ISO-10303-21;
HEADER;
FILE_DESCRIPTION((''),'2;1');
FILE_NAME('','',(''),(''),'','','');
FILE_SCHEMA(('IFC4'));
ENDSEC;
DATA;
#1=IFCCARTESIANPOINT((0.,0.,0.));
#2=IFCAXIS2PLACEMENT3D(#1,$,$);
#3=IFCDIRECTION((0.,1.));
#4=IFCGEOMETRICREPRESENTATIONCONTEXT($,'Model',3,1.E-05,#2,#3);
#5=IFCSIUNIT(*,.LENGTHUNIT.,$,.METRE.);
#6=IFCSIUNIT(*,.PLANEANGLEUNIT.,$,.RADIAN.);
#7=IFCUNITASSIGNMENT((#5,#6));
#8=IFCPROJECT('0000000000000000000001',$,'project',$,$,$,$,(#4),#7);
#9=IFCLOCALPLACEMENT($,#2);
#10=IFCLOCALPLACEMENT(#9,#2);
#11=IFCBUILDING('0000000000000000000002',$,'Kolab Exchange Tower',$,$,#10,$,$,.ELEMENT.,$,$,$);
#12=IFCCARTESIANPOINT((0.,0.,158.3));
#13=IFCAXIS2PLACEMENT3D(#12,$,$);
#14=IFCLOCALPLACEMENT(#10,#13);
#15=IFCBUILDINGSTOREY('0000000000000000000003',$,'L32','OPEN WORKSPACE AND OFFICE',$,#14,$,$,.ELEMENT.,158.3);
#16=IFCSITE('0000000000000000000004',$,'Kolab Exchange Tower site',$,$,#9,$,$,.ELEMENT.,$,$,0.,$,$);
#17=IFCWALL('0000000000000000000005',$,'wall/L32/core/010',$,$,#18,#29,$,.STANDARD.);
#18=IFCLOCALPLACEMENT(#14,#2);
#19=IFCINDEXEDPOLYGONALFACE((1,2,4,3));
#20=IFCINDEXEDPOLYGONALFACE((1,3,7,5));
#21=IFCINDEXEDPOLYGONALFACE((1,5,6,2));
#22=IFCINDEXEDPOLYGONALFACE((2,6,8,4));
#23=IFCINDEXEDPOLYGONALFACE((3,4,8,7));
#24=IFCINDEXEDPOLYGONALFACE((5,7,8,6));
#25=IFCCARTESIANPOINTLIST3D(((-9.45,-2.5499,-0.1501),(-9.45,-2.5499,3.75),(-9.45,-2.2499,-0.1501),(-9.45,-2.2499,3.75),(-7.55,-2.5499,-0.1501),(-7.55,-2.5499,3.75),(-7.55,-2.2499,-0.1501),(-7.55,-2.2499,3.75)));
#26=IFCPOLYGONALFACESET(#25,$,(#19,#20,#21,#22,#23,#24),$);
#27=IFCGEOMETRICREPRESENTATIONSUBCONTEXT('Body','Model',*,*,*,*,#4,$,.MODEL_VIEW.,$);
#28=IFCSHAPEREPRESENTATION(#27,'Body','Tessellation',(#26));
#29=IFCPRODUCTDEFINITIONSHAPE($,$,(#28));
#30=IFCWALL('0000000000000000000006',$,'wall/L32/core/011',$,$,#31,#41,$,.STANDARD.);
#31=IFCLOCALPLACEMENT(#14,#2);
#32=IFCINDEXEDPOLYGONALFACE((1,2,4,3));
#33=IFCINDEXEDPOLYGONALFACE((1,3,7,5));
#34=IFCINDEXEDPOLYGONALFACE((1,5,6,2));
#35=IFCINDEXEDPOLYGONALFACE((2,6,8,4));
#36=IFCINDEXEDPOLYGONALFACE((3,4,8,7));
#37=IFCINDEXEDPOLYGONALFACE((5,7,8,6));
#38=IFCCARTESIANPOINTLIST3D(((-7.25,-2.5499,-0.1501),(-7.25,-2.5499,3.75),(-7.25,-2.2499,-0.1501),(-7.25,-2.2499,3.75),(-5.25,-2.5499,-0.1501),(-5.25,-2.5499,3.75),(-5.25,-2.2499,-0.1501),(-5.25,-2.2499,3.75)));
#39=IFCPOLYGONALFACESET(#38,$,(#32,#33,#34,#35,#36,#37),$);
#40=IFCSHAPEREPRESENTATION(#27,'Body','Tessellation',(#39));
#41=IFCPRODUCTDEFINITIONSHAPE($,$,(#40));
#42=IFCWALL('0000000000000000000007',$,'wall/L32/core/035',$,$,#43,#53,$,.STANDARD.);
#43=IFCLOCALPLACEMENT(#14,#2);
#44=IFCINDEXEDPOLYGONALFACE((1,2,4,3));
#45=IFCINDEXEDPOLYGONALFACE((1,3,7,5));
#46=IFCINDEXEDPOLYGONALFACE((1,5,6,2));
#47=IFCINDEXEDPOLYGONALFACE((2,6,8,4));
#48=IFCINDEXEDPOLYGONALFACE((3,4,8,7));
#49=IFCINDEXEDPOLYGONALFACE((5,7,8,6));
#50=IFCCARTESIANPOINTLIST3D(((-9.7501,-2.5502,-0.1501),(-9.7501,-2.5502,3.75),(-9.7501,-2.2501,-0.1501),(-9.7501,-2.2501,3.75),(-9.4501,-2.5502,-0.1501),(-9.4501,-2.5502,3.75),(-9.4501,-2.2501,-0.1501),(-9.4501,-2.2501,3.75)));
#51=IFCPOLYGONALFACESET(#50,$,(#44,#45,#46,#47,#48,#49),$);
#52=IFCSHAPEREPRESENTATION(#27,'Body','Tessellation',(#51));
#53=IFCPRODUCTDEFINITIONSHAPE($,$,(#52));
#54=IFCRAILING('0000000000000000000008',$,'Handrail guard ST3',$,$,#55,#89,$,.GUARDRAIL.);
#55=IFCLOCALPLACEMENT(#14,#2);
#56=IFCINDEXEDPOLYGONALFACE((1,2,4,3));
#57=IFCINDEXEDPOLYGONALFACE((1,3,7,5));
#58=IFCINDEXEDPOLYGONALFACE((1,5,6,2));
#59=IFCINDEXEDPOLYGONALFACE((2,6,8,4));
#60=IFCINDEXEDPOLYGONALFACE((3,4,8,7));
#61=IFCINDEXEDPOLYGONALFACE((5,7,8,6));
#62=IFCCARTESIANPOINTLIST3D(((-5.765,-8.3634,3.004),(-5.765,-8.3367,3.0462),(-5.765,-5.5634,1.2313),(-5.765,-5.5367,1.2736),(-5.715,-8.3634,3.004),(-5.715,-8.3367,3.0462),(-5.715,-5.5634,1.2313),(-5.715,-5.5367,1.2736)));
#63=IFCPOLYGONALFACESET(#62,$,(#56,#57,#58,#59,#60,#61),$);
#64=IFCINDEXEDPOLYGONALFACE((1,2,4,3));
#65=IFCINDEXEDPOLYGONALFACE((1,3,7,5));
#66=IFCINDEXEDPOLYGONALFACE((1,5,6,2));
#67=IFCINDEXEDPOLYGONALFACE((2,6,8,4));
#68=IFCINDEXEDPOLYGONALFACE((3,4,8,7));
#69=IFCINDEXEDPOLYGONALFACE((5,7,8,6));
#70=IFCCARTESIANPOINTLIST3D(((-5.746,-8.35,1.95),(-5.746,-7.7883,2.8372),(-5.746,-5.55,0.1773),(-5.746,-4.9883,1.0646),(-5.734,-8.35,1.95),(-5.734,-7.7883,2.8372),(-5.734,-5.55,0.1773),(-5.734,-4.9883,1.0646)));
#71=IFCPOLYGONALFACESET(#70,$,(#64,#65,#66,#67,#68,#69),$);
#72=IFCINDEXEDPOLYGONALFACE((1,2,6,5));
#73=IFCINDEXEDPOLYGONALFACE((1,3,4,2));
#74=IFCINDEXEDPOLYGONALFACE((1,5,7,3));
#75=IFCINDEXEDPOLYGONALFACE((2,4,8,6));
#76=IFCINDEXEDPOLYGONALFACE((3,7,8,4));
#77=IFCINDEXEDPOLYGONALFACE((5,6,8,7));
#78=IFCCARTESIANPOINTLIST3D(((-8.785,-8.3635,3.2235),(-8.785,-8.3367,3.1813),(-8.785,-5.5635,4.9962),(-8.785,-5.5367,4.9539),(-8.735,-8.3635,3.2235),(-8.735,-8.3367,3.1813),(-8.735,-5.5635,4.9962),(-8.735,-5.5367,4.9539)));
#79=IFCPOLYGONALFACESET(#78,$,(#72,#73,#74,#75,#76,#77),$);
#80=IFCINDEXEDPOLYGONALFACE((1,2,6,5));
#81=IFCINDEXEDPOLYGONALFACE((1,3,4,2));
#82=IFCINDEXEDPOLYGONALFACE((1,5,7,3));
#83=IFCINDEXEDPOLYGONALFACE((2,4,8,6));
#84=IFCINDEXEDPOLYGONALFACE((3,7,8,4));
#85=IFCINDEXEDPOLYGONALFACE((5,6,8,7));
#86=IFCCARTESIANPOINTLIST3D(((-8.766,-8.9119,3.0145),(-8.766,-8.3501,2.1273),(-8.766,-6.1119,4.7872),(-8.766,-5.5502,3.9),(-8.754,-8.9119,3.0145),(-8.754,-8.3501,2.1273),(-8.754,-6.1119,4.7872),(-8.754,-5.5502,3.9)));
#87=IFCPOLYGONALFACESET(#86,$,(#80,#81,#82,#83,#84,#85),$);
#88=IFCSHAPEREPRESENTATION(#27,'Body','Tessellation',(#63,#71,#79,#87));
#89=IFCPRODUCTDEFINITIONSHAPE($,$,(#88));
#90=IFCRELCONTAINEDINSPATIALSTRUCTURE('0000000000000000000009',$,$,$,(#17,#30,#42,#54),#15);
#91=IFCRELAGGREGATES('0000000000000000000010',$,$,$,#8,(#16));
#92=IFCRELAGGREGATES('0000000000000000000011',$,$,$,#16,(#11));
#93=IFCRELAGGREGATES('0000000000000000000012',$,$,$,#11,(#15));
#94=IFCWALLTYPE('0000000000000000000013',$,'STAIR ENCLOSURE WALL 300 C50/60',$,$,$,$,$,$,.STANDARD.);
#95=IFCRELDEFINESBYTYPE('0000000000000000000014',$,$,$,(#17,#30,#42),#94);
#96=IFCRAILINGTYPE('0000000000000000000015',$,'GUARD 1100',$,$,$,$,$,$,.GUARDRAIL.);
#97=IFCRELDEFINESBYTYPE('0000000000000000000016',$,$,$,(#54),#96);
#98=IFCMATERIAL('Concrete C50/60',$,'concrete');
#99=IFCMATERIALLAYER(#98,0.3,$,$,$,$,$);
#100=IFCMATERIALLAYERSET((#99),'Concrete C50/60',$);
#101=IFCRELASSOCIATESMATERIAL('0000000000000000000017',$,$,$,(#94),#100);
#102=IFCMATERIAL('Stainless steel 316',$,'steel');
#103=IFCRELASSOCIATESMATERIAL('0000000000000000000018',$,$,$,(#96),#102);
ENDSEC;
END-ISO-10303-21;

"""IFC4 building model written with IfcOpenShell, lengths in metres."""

from ifc_helpers import new_model, si_unit, direction, frame, frame_2d, origin, origin_2d, place, context, subcontext, project, spatial, rectangle, extrude, material, layer, layer_set, type_object, element, save


model = new_model("IFC4")

# Units and contexts
model_context = context("Model", 3, precision=1e-05, world=origin(), true_north=direction((0.0, 1.0)))
body_context = subcontext(model_context, "Body", "Model", "MODEL_VIEW")
ifc_project = project(units=[si_unit("LENGTHUNIT", "METRE"), si_unit("PLANEANGLEUNIT", "RADIAN")], contexts=[model_context])

# Site, building, storey
site_placement = place(None, origin())
site = spatial("IfcSite", under=ifc_project, at=site_placement, Name="Kolab Exchange Tower site", CompositionType="ELEMENT", RefElevation=0.0)
building_placement = place(site_placement, origin())
building = spatial("IfcBuilding", under=site, at=building_placement, Name="Kolab Exchange Tower", CompositionType="ELEMENT")
storey_placement = place(building_placement, frame((0.0, 0.0, 158.3)))
storey = spatial("IfcBuildingStorey", under=building, at=storey_placement, Name="L32", Description="OPEN WORKSPACE AND OFFICE", CompositionType="ELEMENT", Elevation=158.3)

# Shared definitions
ifc_material_1 = material(Name="Concrete C50/60", Category="concrete")
ifc_material_2 = material(Name="Stainless steel 316", Category="steel")

# Walls
ifc_layer_1 = layer(ifc_material_1, 0.3)
ifc_layer_set_1 = layer_set([ifc_layer_1], Name="Concrete C50/60")
wall_type_1 = type_object("IfcWallType", Name="STAIR ENCLOSURE WALL 300 C50/60", PredefinedType="STANDARD", material=ifc_layer_set_1)
wall_1_placement = place(storey_placement, frame((-9.45, -2.3999, -0.1501), z_axis=(0.0, 0.0, 1.0), x_axis=(1.0, 0.0, 0.0)))
element("IfcWall", 1, at=wall_1_placement, inside=storey, type_object=wall_type_1, Name="wall/L32/core/010", PredefinedType="STANDARD", context=body_context, shape_type="SweptSolid", body=[
    extrude(rectangle(XDim=1.8999, YDim=0.3, at=frame_2d((0.95, 0.0))), origin(), (0.0, 0.0, 1.0), 3.9001),
])
wall_2_placement = place(storey_placement, frame((-7.25, -2.3999, -0.1501), z_axis=(0.0, 0.0, 1.0), x_axis=(1.0, 0.0, 0.0)))
element("IfcWall", 2, at=wall_2_placement, inside=storey, type_object=wall_type_1, Name="wall/L32/core/011", PredefinedType="STANDARD", context=body_context, shape_type="SweptSolid", body=[
    extrude(rectangle(XDim=2.0, YDim=0.3, at=frame_2d((1.0, 0.0))), origin(), (0.0, 0.0, 1.0), 3.9001),
])
wall_3_placement = place(storey_placement, frame((-9.6001, -2.55, -0.1501), z_axis=(0.0, 0.0, 1.0), x_axis=(0.0, 1.0, 0.0)))
element("IfcWall", 3, at=wall_3_placement, inside=storey, type_object=wall_type_1, Name="wall/L32/core/035", PredefinedType="STANDARD", context=body_context, shape_type="SweptSolid", body=[
    extrude(rectangle(XDim=0.3, YDim=0.3, at=frame_2d((0.1499, 0.0))), origin(), (0.0, 0.0, 1.0), 3.9001),
])

# Railing
railing_type = type_object("IfcRailingType", Name="GUARD 1100", PredefinedType="GUARDRAIL", material=ifc_material_2)
railing_placement = place(storey_placement, frame((-5.74, -5.55, 0.1772)))
element("IfcRailing", 4, at=railing_placement, inside=storey, type_object=railing_type, Name="Handrail guard ST3", PredefinedType="GUARDRAIL", context=body_context, shape_type="SweptSolid", body=[
    extrude(rectangle(XDim=0.05, YDim=0.05, at=origin_2d()), frame((0.0, 0.0, 1.0752), z_axis=(0.0, -0.844909, 0.53491), x_axis=(1.0, 0.0, 0.0)), (0.0, 0.0, 1.0), 3.314),
    extrude(rectangle(XDim=0.012, YDim=1.0501, at=frame_2d((0.0, 0.5251))), frame((0.0, 0.0, 0.0), z_axis=(0.0, -0.844909, 0.53491), x_axis=(1.0, 0.0, 0.0)), (0.0, 0.0, 1.0), 3.314),
    extrude(rectangle(XDim=0.05, YDim=0.05, at=origin_2d()), frame((-3.02, -2.8, 3.0251), z_axis=(0.0, 0.844909, 0.53491), x_axis=(-1.0, 0.0, 0.0)), (0.0, 0.0, 1.0), 3.314),
    extrude(rectangle(XDim=0.012, YDim=1.0501, at=frame_2d((0.0, 0.5251))), frame((-3.02, -2.8, 1.95), z_axis=(0.0, 0.844909, 0.53491), x_axis=(-1.0, 0.0, 0.0)), (0.0, 0.0, 1.0), 3.314),
])

save(model, "model.ifc")
